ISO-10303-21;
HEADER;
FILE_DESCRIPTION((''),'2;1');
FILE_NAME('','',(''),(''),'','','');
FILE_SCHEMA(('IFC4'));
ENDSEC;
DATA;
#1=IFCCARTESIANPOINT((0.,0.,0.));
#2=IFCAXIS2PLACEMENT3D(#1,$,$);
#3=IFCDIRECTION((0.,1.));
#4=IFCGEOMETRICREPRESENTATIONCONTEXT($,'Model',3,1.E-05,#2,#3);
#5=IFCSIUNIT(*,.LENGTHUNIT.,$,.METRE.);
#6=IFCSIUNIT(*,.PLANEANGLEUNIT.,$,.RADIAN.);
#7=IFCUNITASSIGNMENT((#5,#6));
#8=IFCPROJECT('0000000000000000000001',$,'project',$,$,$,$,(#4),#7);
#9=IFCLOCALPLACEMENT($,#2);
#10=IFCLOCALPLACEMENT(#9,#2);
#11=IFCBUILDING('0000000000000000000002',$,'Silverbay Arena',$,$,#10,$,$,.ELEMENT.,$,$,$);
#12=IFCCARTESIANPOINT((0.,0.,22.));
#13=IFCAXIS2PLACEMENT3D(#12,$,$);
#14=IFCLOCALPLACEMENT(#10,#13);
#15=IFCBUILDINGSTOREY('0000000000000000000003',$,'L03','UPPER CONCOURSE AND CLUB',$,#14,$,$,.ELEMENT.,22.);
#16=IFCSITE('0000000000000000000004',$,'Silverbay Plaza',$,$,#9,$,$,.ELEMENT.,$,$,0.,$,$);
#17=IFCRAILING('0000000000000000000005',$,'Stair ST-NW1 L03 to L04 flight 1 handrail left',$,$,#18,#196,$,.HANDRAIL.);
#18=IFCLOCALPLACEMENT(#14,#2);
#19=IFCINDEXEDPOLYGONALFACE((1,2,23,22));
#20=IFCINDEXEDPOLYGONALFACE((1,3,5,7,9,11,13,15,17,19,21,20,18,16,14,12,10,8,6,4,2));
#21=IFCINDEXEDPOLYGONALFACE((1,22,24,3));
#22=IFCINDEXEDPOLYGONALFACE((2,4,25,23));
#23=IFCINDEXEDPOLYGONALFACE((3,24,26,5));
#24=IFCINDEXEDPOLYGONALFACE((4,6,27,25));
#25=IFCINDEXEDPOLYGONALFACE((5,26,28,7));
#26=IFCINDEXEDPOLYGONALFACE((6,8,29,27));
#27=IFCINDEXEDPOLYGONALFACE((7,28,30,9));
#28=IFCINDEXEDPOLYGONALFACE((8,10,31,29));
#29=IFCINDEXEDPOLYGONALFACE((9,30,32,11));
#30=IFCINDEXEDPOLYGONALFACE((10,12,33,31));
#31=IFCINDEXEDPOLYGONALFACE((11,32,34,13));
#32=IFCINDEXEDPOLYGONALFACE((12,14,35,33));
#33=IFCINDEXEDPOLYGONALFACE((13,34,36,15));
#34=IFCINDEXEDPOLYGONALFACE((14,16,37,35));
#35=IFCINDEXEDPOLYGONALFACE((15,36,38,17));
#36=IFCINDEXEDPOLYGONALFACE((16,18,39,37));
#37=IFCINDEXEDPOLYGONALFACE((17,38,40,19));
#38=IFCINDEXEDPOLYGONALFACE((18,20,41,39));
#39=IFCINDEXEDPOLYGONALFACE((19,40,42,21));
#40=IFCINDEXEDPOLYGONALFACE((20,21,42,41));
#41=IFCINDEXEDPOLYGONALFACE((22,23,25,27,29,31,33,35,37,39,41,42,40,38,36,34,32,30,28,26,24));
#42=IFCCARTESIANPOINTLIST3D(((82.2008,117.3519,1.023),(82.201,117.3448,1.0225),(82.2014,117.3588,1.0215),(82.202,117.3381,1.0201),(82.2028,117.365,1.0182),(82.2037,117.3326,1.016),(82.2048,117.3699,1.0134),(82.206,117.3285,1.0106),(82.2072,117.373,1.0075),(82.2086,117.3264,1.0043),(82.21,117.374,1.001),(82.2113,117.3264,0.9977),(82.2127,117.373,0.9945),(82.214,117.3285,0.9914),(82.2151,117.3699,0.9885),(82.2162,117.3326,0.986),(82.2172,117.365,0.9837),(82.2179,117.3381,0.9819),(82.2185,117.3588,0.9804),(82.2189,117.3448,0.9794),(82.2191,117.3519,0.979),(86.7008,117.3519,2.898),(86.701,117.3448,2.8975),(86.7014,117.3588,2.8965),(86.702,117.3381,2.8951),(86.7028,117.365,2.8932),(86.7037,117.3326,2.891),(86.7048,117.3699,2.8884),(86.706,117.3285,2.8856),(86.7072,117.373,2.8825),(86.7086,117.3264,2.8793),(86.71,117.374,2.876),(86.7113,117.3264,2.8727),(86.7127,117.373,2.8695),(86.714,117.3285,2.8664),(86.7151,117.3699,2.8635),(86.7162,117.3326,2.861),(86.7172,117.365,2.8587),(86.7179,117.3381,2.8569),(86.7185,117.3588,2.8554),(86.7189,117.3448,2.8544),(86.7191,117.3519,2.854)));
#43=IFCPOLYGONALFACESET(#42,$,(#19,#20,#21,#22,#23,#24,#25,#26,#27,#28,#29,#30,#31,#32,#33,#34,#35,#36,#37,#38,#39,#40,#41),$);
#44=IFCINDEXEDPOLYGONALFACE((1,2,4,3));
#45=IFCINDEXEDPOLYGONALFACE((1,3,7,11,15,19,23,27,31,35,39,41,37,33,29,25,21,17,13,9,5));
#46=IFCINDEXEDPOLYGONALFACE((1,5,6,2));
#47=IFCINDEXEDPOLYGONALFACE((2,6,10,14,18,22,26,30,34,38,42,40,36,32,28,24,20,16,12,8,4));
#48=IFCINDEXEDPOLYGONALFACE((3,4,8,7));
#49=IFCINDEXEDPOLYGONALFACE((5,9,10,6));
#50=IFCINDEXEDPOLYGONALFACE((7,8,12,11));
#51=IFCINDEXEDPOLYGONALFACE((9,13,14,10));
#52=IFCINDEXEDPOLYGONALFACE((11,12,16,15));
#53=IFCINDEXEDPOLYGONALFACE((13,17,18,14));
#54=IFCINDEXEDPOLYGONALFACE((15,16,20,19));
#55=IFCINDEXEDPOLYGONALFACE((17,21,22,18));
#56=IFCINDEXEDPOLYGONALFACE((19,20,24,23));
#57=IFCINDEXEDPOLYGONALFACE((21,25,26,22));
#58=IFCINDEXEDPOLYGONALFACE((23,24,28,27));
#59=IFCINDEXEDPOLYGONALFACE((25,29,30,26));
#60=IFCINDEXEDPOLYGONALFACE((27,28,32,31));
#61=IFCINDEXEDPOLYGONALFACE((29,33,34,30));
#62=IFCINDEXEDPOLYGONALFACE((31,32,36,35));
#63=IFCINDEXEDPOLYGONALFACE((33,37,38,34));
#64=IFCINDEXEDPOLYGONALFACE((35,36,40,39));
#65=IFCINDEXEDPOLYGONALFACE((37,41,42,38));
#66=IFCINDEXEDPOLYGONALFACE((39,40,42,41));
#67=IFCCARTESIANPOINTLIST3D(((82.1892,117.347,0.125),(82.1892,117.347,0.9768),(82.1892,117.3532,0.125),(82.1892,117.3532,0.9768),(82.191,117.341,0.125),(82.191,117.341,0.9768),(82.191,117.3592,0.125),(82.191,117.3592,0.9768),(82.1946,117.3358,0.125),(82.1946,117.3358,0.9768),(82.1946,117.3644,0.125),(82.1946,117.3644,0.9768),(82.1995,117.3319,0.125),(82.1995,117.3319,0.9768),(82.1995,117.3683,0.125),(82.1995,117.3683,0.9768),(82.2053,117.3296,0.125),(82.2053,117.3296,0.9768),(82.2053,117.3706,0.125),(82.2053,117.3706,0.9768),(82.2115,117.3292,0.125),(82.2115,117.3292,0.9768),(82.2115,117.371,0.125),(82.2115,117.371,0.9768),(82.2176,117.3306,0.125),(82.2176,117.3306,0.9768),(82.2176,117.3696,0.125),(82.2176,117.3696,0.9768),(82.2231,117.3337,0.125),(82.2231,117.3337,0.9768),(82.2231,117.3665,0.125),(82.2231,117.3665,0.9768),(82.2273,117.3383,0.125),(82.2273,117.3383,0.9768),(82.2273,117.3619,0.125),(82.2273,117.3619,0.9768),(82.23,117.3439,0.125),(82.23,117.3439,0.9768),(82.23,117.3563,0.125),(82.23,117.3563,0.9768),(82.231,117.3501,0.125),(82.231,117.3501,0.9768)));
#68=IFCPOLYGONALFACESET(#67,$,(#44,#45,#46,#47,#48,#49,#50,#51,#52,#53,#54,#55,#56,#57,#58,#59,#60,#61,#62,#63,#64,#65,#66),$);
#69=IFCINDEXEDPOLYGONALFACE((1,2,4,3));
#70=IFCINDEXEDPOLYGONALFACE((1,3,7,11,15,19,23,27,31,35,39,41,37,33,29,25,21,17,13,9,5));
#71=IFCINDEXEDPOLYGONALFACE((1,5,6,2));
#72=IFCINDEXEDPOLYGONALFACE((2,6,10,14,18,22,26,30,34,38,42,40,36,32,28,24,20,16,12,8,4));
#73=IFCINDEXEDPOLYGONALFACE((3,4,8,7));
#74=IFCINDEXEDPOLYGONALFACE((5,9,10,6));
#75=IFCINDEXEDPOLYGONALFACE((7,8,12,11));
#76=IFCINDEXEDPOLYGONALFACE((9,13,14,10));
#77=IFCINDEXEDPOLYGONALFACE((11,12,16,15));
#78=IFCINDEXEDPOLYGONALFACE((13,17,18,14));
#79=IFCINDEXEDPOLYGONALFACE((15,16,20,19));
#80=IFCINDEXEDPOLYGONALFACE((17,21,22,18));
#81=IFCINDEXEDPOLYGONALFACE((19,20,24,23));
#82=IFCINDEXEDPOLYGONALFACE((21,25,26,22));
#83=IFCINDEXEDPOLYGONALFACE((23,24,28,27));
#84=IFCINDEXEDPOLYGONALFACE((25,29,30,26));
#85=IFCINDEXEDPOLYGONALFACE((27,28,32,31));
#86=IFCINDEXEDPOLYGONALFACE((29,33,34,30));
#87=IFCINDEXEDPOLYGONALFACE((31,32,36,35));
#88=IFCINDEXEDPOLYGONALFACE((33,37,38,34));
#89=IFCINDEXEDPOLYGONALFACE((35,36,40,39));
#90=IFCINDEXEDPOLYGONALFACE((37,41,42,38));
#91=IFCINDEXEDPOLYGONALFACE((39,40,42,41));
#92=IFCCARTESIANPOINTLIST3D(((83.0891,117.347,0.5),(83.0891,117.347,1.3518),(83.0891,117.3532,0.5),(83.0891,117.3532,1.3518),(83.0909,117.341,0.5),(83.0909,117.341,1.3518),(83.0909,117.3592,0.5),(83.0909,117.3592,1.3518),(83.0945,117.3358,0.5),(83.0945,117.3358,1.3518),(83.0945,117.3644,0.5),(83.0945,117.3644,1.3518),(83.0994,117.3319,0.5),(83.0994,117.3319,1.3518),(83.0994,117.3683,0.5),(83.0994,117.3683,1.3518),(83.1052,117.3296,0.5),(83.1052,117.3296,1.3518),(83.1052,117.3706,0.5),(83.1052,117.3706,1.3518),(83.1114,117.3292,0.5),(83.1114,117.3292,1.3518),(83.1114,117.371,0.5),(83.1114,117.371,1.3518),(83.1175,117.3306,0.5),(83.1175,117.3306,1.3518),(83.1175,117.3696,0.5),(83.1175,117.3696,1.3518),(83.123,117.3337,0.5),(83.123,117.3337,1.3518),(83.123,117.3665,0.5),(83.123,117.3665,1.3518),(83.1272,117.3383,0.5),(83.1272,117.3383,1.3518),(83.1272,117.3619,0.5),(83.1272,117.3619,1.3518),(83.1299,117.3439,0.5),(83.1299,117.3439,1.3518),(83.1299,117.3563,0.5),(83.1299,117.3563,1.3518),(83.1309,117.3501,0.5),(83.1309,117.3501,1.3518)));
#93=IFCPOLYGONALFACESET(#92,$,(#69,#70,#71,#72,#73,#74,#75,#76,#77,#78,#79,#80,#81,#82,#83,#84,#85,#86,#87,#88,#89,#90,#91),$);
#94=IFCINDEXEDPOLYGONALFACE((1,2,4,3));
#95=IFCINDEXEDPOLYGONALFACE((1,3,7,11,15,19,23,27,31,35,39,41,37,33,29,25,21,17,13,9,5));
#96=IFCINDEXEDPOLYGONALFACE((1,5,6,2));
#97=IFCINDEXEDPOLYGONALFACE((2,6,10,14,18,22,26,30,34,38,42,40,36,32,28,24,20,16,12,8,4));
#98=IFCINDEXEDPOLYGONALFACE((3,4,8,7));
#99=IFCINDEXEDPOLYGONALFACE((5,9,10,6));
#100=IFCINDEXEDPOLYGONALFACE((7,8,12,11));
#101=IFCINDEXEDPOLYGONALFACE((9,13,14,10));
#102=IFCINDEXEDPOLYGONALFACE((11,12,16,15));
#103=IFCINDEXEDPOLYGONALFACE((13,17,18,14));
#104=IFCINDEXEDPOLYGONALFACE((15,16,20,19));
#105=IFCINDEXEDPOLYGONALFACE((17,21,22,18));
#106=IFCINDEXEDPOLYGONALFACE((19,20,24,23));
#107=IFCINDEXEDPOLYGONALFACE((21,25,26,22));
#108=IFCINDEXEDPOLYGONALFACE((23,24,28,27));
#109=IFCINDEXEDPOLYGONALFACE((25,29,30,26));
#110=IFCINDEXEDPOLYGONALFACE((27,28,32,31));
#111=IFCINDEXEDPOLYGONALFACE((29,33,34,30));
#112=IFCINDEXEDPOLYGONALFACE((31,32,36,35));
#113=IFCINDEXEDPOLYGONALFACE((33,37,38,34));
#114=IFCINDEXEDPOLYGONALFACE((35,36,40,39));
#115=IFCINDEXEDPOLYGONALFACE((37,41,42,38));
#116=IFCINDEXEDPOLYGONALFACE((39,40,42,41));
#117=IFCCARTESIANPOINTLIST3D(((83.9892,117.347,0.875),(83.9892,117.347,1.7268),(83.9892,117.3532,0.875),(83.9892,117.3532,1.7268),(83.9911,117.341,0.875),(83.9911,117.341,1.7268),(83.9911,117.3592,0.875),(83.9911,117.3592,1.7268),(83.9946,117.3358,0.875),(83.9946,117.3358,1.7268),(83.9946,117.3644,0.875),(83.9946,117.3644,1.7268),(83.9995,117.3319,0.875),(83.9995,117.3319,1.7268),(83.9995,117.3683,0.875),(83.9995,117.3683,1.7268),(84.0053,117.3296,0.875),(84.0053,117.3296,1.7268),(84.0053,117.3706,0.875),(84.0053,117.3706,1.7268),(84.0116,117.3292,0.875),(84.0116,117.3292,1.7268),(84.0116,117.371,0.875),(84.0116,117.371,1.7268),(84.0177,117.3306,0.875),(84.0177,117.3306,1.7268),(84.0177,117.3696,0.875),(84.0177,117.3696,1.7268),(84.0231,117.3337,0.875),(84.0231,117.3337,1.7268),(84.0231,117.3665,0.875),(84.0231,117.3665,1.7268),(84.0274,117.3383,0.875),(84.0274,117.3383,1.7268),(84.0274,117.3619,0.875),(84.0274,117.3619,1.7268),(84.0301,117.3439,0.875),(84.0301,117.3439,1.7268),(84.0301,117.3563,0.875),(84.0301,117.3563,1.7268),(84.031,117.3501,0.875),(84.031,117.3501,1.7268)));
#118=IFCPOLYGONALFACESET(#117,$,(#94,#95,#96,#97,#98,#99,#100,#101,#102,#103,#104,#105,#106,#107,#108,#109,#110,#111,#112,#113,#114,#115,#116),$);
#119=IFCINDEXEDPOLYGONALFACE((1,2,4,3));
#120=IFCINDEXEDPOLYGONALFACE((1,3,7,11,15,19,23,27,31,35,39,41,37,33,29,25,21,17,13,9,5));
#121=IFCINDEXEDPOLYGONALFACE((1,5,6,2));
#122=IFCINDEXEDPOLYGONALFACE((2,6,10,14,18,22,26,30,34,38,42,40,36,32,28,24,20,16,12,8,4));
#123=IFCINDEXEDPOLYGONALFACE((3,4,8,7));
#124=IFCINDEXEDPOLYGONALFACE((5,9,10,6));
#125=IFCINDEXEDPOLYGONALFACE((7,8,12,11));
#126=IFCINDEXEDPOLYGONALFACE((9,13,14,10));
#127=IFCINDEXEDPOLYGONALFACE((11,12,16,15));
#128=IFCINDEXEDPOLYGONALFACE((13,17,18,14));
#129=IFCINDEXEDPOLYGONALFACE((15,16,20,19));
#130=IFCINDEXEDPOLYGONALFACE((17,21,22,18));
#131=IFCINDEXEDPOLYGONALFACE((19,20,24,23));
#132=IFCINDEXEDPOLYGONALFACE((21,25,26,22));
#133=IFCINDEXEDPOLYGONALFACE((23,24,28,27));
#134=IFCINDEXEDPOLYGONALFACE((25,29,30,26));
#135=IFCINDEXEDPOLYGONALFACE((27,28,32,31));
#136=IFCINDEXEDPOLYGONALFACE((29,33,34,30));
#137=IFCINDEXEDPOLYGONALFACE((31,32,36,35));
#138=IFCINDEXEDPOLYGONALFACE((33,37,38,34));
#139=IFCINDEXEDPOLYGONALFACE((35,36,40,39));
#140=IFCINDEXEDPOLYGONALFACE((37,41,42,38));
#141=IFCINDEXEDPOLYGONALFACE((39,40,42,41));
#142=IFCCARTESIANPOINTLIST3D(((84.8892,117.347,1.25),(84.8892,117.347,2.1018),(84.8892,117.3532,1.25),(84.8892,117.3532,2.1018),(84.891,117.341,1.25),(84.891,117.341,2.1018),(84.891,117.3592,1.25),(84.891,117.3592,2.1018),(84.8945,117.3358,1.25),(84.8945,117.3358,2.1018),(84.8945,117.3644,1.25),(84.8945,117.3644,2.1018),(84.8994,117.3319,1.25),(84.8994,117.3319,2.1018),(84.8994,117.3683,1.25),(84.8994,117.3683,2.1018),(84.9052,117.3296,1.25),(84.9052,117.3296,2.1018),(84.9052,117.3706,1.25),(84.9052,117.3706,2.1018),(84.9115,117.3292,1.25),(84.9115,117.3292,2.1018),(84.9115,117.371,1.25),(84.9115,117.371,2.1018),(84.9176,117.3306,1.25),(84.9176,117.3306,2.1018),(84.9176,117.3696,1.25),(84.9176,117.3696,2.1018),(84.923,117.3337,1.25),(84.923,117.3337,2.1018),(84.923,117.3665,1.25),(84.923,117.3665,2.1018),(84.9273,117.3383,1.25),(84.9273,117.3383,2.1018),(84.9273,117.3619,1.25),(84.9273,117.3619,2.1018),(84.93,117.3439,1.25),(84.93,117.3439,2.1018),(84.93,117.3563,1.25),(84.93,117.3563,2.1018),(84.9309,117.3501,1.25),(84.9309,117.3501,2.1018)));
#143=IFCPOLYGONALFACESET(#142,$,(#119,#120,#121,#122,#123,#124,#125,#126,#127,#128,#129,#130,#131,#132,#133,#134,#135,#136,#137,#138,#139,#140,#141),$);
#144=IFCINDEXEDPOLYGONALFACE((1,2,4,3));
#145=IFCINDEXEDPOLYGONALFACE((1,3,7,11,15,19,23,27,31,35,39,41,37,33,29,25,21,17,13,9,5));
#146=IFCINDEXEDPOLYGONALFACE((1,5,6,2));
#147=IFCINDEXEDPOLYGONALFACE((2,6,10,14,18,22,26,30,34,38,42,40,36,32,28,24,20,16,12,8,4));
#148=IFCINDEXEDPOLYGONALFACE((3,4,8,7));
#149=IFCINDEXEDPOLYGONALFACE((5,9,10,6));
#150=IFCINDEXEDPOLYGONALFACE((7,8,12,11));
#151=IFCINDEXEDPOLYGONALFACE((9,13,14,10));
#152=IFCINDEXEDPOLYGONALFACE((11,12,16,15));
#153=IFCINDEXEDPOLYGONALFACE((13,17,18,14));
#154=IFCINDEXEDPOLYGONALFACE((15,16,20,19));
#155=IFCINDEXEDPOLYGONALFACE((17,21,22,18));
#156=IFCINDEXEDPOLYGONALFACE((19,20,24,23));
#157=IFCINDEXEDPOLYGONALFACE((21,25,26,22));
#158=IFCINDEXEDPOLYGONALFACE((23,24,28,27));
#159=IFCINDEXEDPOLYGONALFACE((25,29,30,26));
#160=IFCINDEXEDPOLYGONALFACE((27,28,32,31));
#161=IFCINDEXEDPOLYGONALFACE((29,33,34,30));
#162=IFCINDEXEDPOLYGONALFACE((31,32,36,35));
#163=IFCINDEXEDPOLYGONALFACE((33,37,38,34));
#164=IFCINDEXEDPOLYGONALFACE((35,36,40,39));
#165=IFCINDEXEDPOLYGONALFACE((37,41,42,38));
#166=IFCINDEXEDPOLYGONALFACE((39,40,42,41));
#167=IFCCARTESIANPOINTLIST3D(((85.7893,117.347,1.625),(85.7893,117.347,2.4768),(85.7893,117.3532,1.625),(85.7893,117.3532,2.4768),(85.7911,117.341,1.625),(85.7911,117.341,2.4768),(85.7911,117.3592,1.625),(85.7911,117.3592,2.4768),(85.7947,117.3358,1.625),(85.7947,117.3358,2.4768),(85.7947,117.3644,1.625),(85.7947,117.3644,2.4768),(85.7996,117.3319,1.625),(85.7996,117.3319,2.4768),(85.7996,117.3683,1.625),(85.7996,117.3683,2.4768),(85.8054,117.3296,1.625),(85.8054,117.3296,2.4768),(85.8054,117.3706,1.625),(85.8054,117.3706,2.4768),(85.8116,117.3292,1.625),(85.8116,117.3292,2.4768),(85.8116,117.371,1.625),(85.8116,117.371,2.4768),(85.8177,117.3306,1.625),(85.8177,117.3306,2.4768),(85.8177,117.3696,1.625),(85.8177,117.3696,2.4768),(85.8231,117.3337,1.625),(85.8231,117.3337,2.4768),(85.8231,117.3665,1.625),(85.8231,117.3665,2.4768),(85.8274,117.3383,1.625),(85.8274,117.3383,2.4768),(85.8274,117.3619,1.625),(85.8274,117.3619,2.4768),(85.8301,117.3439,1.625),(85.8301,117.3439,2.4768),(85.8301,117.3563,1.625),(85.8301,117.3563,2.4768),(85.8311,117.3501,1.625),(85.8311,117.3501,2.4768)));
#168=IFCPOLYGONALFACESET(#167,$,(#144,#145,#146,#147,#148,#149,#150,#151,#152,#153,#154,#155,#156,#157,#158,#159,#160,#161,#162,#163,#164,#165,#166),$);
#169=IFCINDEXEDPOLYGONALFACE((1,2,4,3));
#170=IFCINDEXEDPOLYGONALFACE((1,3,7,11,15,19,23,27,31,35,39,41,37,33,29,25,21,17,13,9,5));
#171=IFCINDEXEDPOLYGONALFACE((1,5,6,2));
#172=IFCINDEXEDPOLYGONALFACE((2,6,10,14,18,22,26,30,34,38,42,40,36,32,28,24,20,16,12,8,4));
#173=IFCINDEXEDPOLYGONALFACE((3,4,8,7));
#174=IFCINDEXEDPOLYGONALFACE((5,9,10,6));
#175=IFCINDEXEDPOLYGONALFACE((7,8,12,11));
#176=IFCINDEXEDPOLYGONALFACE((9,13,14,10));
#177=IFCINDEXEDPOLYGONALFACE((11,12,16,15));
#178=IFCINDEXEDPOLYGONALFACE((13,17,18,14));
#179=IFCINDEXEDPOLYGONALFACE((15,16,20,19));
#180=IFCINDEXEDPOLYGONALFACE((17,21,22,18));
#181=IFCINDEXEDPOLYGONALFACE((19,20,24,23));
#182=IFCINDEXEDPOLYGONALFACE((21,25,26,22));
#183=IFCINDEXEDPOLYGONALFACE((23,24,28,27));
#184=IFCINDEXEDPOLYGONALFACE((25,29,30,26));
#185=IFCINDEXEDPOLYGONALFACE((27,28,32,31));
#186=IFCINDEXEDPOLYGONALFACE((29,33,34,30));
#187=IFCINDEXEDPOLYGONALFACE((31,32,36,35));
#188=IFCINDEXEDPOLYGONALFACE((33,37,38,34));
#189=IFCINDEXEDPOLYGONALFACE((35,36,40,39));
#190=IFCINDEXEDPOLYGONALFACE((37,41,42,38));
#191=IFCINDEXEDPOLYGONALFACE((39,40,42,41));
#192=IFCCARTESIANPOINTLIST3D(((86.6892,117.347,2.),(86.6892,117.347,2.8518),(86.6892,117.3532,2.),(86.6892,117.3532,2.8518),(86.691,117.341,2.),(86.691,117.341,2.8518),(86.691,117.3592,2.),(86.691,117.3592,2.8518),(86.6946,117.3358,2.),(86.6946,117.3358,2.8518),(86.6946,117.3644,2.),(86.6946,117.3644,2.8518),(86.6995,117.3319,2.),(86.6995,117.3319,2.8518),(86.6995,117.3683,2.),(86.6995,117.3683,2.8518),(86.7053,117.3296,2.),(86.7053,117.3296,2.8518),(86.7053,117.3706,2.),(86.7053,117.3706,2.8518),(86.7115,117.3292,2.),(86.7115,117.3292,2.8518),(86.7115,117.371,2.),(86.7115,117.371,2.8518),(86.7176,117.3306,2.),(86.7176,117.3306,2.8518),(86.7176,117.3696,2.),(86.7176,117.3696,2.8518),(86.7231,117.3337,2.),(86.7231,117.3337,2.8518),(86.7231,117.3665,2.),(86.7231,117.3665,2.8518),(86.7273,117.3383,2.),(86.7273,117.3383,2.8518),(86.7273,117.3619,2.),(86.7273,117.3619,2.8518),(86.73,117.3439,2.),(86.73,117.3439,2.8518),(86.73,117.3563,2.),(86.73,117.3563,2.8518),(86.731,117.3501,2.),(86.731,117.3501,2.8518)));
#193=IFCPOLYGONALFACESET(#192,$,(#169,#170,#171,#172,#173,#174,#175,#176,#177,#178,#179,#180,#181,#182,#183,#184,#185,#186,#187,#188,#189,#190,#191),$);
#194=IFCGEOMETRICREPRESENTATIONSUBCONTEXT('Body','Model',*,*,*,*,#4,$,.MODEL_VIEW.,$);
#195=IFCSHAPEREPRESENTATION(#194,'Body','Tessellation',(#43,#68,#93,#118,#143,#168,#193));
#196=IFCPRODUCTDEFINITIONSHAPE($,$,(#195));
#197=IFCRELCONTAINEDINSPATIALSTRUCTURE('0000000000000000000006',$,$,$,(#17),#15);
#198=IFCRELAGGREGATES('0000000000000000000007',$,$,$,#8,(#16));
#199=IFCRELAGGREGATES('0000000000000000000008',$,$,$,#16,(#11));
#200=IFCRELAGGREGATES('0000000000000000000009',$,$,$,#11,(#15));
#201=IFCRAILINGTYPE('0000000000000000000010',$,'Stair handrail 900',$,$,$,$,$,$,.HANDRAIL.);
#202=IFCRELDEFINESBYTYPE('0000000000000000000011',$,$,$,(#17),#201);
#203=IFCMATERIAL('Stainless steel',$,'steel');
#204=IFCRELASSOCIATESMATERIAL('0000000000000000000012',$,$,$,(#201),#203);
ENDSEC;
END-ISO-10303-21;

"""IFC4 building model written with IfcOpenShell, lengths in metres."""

from ifc_helpers import new_model, si_unit, direction, frame, origin, origin_2d, place, context, subcontext, project, spatial, circle, extrude, material, type_object, element, save


model = new_model("IFC4")

# Units and contexts
model_context = context("Model", 3, precision=1e-05, world=origin(), true_north=direction((0.0, 1.0)))
body_context = subcontext(model_context, "Body", "Model", "MODEL_VIEW")
ifc_project = project(units=[si_unit("LENGTHUNIT", "METRE"), si_unit("PLANEANGLEUNIT", "RADIAN")], contexts=[model_context])

# Site, building, storey
site_placement = place(None, origin())
site = spatial("IfcSite", under=ifc_project, at=site_placement, Name="Silverbay Plaza", CompositionType="ELEMENT", RefElevation=0.0)
building_placement = place(site_placement, origin())
building = spatial("IfcBuilding", under=site, at=building_placement, Name="Silverbay Arena", CompositionType="ELEMENT")
storey_placement = place(building_placement, frame((0.0, 0.0, 22.0)))
storey = spatial("IfcBuildingStorey", under=building, at=storey_placement, Name="L03", Description="UPPER CONCOURSE AND CLUB", CompositionType="ELEMENT", Elevation=22.0)

# Railing
ifc_material_1 = material(Name="Stainless steel", Category="steel")
railing_type_1 = type_object("IfcRailingType", Name="Stair handrail 900", PredefinedType="HANDRAIL", material=ifc_material_1)
for number, where, name in (
    (1, (82.21, 117.3501, 0.125), "Stair ST-NW1 L03 to L04 flight 1 handrail left"),
):
    element("IfcRailing", number, at=place(storey_placement, frame(where)), inside=storey, type_object=railing_type_1, Name=name, PredefinedType="HANDRAIL", context=body_context, shape_type="SweptSolid", body=[
        extrude(circle(Radius=0.0239, at=origin_2d()), frame((0.0, 0.0, 0.876), z_axis=(0.923077, 0.0, 0.384615), x_axis=(0.0, 1.0, 0.0)), (0.0, 0.0, 1.0), 4.875),
        extrude(circle(Radius=0.021, at=origin_2d()), origin(), (0.0, 0.0, 1.0), 0.8518),
        extrude(circle(Radius=0.021, at=origin_2d()), frame((0.8999, 0.0, 0.375)), (0.0, 0.0, 1.0), 0.8518),
        extrude(circle(Radius=0.021, at=origin_2d()), frame((1.8, 0.0, 0.75)), (0.0, 0.0, 1.0), 0.8518),
        extrude(circle(Radius=0.021, at=origin_2d()), frame((2.7, 0.0, 1.125)), (0.0, 0.0, 1.0), 0.8518),
        extrude(circle(Radius=0.021, at=origin_2d()), frame((3.6001, 0.0, 1.5)), (0.0, 0.0, 1.0), 0.8518),
        extrude(circle(Radius=0.021, at=origin_2d()), frame((4.5, 0.0, 1.875)), (0.0, 0.0, 1.0), 0.8518),
    ])

save(model, "model.ifc")
